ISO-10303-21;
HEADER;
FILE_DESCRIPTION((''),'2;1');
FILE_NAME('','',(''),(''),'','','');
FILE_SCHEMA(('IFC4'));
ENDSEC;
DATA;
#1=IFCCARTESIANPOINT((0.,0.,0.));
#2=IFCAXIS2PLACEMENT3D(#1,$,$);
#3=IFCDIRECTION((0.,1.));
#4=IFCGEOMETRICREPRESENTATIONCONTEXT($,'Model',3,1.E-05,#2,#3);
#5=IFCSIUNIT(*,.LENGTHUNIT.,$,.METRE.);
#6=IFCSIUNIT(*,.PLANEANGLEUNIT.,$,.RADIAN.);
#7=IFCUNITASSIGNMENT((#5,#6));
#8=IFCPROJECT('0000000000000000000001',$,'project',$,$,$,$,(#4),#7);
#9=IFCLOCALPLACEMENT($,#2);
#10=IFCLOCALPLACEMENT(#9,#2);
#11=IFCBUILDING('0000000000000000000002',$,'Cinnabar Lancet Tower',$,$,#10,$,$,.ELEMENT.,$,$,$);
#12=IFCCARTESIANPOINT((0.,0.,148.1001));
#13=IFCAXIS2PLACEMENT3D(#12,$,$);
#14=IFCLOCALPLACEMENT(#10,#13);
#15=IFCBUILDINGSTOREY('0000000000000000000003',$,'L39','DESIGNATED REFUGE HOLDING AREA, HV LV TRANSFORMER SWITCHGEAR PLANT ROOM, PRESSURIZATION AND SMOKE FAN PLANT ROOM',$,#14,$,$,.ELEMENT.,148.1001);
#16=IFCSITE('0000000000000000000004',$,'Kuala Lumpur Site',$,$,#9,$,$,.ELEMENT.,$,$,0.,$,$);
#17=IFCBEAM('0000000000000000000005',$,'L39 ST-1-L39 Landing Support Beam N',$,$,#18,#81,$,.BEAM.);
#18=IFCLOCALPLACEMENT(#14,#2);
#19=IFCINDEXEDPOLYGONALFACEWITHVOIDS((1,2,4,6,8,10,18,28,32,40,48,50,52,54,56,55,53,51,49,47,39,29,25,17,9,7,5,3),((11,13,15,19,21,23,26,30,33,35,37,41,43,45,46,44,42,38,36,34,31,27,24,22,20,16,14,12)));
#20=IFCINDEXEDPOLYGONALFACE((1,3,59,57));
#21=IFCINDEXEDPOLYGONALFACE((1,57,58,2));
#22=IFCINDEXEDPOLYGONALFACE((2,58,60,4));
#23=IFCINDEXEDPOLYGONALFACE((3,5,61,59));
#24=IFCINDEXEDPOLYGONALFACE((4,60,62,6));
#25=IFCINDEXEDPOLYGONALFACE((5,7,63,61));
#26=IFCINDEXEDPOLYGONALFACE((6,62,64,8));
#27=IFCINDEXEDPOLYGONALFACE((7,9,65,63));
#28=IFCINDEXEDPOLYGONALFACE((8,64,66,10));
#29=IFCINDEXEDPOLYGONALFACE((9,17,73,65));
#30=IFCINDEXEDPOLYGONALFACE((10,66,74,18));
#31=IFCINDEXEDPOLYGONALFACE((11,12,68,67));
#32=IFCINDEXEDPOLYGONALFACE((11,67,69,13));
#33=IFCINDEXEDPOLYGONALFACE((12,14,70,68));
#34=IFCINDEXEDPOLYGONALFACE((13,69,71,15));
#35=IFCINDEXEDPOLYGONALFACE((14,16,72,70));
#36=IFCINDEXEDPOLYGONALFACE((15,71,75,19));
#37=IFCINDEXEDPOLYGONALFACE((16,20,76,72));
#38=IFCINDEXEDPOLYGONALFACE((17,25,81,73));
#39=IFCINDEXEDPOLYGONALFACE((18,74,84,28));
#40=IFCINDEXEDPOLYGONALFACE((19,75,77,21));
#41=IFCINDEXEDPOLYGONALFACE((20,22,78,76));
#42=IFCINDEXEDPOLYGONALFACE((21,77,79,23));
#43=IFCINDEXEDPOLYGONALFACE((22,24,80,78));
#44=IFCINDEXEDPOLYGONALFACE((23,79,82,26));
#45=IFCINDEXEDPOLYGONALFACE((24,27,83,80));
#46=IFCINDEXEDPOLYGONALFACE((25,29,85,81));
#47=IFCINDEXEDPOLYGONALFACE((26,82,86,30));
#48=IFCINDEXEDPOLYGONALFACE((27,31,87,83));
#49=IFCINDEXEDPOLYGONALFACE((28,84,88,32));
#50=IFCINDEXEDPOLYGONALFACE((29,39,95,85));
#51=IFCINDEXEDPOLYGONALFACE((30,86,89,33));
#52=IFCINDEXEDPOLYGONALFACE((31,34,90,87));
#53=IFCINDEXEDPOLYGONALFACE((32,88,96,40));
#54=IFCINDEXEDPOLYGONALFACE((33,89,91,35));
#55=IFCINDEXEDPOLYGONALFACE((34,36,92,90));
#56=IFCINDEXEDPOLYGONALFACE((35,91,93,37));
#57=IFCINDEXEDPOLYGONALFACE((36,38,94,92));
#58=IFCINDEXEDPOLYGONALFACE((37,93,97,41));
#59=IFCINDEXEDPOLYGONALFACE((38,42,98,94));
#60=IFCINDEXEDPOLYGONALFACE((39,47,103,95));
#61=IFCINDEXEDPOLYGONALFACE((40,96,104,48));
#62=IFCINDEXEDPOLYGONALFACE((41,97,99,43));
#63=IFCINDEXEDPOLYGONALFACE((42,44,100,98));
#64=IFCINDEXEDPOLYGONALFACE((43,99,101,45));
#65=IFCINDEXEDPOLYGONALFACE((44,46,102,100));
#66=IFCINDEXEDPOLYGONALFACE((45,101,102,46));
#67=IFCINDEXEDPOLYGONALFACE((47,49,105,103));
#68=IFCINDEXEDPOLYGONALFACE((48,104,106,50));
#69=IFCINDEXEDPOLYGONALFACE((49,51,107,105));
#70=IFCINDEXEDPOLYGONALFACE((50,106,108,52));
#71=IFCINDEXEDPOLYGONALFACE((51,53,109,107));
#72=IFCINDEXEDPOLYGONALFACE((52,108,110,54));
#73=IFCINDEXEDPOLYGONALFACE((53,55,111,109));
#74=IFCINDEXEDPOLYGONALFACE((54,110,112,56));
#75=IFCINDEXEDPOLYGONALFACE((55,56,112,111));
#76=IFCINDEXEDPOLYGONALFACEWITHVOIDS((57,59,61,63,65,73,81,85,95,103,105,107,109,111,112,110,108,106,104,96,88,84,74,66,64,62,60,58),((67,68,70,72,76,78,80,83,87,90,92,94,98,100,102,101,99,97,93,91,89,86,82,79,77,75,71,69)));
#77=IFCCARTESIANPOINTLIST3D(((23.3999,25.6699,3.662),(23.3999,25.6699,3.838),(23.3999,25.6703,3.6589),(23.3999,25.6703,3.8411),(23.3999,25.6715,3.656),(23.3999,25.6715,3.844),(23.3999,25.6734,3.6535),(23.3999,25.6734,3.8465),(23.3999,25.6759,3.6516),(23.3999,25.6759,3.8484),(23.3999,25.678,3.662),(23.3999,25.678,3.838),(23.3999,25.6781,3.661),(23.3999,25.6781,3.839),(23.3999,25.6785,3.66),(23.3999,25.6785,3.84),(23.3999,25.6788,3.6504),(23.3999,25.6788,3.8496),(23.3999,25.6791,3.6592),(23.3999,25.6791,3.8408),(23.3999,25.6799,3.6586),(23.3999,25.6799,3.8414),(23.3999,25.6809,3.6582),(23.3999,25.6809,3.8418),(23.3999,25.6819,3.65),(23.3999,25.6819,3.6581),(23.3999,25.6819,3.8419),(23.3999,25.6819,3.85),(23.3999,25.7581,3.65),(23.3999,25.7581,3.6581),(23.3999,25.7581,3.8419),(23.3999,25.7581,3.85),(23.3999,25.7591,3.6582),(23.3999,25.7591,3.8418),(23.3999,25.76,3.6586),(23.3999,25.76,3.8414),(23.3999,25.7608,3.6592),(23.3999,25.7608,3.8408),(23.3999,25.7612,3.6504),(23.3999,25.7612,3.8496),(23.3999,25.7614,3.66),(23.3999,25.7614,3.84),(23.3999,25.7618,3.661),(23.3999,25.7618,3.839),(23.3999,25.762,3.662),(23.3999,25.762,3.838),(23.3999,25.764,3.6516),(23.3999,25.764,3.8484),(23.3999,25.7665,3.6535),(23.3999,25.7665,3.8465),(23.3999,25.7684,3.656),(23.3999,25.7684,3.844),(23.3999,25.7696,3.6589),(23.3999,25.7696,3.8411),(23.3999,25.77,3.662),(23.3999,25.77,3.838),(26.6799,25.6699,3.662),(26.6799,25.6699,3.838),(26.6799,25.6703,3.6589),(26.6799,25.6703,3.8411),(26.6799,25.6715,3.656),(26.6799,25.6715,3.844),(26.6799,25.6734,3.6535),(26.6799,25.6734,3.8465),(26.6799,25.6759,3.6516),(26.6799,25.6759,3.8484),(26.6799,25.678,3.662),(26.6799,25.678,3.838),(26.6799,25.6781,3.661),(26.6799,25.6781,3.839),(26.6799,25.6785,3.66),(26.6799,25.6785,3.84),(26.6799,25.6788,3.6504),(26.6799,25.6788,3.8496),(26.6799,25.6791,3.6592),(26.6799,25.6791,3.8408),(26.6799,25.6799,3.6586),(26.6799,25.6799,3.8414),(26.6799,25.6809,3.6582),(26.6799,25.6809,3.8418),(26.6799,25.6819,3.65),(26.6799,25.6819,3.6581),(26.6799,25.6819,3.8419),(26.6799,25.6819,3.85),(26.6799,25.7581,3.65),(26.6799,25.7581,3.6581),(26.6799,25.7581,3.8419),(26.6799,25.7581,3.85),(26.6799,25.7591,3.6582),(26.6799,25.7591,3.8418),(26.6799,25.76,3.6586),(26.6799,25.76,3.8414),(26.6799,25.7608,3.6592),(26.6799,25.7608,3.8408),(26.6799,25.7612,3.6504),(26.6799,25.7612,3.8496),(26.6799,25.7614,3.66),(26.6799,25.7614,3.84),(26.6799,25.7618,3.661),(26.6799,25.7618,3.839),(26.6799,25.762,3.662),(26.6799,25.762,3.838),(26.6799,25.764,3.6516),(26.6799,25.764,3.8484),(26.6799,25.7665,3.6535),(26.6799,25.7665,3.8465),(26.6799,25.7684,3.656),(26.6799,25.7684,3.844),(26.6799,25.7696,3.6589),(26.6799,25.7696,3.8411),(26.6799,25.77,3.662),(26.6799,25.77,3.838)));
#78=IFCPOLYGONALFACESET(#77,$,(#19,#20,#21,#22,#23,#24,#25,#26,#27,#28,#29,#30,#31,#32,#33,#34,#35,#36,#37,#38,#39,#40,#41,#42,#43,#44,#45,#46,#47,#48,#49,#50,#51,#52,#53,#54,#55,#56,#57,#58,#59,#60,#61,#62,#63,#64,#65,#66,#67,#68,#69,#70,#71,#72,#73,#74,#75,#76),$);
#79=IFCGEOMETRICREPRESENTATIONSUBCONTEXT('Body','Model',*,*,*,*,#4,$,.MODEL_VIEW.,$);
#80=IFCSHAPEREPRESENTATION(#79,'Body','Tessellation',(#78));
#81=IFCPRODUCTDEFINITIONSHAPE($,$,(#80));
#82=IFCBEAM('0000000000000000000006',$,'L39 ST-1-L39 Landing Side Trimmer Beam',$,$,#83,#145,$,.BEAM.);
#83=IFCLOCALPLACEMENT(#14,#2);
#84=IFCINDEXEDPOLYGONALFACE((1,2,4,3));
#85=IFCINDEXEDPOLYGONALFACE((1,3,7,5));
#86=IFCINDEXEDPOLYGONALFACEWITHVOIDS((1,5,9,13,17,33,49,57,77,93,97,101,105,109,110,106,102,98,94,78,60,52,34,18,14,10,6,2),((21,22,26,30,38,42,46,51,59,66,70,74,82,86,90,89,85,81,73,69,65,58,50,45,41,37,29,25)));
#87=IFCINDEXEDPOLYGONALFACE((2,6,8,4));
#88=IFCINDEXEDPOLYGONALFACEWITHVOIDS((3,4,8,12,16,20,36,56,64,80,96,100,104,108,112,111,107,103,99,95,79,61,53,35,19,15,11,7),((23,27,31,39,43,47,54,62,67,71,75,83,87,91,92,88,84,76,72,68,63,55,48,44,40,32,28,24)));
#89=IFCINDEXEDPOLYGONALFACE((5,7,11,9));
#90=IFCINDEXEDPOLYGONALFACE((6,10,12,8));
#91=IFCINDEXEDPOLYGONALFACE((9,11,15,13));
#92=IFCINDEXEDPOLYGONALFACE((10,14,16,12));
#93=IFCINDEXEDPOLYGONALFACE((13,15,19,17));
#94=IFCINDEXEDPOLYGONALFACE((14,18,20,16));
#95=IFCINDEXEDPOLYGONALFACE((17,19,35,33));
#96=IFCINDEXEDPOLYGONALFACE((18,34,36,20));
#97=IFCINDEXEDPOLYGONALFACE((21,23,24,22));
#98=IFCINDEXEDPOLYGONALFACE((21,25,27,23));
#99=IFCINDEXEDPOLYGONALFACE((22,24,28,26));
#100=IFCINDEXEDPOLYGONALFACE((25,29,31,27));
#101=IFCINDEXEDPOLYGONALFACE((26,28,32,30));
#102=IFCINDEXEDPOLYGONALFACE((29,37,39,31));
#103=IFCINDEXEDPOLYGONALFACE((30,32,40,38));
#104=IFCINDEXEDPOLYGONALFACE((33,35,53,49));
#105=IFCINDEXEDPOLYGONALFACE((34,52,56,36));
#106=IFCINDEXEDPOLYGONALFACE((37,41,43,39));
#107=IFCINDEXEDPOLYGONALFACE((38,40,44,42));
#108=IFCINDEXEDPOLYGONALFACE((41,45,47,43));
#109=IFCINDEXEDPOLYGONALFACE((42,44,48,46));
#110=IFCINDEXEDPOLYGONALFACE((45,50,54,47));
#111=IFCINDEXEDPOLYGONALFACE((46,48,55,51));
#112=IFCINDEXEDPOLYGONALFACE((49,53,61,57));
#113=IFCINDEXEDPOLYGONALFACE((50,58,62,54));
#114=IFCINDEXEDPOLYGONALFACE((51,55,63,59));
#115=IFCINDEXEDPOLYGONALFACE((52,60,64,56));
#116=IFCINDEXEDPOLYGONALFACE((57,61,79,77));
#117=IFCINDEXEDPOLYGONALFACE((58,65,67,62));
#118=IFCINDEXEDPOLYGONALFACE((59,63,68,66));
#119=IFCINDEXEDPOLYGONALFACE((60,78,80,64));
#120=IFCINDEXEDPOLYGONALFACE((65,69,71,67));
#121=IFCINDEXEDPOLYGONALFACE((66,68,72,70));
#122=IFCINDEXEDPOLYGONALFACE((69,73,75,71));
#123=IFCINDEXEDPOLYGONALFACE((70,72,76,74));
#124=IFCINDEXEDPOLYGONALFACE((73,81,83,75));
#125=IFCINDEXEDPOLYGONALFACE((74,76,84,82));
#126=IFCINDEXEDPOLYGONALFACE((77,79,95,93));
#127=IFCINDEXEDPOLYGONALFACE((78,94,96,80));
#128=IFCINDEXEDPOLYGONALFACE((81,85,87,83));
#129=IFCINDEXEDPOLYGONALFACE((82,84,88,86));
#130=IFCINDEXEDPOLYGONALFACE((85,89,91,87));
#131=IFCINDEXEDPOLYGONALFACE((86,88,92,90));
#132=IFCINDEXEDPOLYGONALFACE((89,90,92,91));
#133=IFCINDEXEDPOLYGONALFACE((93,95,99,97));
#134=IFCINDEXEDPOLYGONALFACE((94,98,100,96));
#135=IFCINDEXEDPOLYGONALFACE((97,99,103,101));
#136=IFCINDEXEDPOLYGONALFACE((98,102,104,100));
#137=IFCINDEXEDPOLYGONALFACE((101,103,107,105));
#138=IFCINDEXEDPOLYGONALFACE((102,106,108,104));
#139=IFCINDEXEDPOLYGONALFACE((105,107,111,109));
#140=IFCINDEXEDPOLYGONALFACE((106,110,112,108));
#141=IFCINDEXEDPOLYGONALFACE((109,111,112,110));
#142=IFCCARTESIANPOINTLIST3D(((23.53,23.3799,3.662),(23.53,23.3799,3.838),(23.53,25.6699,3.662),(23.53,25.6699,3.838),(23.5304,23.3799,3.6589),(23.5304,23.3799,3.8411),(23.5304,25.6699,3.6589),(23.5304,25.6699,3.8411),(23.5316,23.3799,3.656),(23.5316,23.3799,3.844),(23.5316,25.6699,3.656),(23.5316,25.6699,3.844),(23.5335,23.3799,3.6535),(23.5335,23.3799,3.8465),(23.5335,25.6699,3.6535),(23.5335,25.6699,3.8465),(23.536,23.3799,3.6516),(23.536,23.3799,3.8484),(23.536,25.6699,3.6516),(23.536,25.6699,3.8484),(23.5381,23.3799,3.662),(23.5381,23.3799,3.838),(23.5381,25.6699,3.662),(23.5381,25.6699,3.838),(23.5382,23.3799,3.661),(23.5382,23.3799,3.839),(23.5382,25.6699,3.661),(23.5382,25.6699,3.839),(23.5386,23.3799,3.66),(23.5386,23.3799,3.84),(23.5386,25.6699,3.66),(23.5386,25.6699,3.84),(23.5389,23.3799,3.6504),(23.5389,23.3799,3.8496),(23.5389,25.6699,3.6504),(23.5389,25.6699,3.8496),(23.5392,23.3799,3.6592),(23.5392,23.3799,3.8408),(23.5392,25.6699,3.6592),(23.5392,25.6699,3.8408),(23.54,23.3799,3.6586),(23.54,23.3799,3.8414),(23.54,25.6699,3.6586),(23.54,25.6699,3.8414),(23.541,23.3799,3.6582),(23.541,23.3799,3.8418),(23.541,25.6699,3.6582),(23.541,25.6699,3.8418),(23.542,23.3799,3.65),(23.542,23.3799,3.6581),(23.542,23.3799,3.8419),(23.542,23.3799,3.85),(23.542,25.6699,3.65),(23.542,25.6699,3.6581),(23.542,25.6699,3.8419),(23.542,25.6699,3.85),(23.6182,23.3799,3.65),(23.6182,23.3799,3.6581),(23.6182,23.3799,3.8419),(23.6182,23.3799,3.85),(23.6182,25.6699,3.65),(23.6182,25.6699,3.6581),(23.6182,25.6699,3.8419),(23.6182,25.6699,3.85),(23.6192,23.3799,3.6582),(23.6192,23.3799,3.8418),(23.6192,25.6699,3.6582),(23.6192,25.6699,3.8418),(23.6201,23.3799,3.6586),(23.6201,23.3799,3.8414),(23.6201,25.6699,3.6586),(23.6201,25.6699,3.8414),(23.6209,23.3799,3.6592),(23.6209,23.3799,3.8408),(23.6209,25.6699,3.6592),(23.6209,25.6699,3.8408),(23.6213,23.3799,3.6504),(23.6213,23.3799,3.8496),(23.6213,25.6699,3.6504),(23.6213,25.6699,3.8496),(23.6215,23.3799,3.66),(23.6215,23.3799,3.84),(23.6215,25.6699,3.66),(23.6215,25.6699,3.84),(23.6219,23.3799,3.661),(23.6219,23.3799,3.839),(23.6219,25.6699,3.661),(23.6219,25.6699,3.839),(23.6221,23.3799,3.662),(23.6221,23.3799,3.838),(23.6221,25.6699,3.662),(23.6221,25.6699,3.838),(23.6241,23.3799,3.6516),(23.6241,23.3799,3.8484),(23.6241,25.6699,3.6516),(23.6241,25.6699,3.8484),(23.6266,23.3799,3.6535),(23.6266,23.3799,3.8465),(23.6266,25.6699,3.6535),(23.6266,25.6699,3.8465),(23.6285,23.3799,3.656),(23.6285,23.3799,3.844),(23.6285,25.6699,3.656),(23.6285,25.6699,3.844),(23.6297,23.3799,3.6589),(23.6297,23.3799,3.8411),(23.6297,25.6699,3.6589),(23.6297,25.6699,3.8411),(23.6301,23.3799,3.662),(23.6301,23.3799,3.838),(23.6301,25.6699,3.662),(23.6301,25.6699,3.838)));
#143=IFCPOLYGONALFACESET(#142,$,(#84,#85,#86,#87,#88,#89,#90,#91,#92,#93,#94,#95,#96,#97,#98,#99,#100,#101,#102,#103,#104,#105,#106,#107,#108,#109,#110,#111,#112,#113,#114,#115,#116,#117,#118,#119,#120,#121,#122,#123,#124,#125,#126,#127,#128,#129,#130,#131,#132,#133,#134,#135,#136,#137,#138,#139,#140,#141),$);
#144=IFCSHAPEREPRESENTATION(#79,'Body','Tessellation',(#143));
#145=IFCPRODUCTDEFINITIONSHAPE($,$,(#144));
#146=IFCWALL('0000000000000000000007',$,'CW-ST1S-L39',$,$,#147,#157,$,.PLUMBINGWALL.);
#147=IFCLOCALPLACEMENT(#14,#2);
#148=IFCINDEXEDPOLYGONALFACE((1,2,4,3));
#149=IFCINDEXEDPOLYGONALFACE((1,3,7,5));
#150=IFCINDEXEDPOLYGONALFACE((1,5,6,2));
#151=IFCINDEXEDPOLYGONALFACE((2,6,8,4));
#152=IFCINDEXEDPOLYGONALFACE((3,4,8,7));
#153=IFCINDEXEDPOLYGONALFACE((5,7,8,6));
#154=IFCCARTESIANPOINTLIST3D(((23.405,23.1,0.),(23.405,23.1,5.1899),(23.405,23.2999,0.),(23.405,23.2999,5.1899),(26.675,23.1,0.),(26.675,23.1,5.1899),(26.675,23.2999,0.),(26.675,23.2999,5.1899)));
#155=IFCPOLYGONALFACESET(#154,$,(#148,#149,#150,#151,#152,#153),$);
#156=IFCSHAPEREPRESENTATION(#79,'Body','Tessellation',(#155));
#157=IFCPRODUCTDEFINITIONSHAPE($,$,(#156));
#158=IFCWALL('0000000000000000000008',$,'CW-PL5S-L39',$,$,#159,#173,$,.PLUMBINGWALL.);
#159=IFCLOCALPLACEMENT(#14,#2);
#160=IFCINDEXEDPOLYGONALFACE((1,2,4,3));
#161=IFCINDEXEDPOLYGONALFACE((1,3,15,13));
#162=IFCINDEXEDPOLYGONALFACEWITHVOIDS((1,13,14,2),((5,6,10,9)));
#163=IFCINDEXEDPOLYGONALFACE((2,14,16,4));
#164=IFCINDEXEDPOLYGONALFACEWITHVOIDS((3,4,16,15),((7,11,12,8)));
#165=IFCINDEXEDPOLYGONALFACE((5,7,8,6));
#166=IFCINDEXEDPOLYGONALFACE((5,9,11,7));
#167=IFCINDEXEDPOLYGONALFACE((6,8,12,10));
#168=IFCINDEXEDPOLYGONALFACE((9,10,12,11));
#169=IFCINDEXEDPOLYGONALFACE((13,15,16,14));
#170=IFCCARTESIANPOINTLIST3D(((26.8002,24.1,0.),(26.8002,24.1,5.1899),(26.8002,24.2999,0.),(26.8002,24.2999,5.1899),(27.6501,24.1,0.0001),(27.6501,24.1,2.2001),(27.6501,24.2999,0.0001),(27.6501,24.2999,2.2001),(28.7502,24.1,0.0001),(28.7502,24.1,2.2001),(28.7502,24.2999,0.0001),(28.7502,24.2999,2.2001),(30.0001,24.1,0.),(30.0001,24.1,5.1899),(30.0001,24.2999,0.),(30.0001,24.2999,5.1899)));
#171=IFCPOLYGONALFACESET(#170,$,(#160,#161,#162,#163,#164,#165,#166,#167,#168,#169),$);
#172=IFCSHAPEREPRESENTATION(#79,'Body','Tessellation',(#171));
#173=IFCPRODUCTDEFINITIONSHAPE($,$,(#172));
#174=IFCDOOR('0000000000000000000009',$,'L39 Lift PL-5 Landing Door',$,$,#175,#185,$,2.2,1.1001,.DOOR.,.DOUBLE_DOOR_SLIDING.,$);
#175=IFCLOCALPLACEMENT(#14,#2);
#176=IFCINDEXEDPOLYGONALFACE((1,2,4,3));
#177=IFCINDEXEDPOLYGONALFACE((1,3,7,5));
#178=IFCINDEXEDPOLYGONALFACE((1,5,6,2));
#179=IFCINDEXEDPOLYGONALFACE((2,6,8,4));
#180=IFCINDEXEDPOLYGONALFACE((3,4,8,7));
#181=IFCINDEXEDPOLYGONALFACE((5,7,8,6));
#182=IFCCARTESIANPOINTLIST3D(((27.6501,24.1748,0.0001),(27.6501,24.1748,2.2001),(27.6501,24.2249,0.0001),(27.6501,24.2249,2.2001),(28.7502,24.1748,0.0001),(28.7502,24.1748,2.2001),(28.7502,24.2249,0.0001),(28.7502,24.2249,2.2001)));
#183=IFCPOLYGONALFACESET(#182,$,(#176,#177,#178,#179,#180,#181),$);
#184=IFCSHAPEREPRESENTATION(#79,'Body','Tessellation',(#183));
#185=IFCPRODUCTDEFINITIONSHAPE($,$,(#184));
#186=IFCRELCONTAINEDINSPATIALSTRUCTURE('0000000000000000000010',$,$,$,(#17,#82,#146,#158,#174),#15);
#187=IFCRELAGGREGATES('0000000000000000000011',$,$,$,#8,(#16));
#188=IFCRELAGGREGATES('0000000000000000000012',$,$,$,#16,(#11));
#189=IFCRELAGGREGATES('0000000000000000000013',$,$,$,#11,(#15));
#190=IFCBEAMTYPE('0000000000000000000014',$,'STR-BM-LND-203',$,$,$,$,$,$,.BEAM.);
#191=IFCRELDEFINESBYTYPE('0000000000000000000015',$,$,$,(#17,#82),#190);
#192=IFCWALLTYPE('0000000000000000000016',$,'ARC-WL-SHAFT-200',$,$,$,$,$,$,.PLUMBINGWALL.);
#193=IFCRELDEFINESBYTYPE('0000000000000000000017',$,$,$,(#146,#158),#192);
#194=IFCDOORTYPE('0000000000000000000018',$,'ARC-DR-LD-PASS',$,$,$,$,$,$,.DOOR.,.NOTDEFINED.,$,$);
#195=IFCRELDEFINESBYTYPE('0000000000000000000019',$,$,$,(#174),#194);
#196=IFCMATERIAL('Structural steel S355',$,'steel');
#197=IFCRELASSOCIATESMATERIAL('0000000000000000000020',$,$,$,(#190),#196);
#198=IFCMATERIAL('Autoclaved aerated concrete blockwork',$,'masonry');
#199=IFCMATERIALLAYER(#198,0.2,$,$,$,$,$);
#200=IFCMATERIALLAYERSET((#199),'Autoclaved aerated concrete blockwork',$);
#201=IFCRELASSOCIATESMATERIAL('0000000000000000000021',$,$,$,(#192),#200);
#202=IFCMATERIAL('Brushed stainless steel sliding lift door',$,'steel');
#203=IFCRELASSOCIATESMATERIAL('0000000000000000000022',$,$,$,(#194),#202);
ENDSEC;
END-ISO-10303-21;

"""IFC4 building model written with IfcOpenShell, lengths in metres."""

from ifc_helpers import new_model, si_unit, direction, frame, frame_2d, origin, origin_2d, place, context, subcontext, project, spatial, rectangle, hollow_rectangle, extrude, material, layer, layer_set, material_profile, profile_set, type_object, element, fill, save


model = new_model("IFC4")

# Units and contexts
model_context = context("Model", 3, precision=1e-05, world=origin(), true_north=direction((0.0, 1.0)))
body_context = subcontext(model_context, "Body", "Model", "MODEL_VIEW")
ifc_project = project(units=[si_unit("LENGTHUNIT", "METRE"), si_unit("PLANEANGLEUNIT", "RADIAN")], contexts=[model_context])

# Site, building, storey
site_placement = place(None, origin())
site = spatial("IfcSite", under=ifc_project, at=site_placement, Name="Kuala Lumpur Site", CompositionType="ELEMENT", RefElevation=0.0)
building_placement = place(site_placement, origin())
building = spatial("IfcBuilding", under=site, at=building_placement, Name="Cinnabar Lancet Tower", CompositionType="ELEMENT")
storey_placement = place(building_placement, frame((0.0, 0.0, 148.1001)))
storey = spatial("IfcBuildingStorey", under=building, at=storey_placement, Name="L39", Description="DESIGNATED REFUGE HOLDING AREA, HV LV TRANSFORMER SWITCHGEAR PLANT ROOM, PRESSURIZATION AND SMOKE FAN PLANT ROOM", CompositionType="ELEMENT", Elevation=148.1001)

# Beams
ifc_material_1 = material(Name="Structural steel S355", Category="steel")
ifc_material_profile_1 = material_profile(ifc_material_1, hollow_rectangle(XDim=0.1001, YDim=0.2, WallThickness=0.0081, InnerFilletRadius=0.0039, OuterFilletRadius=0.012, at=origin_2d()), Name="RHS 200x100x8")
ifc_profile_set_1 = profile_set([ifc_material_profile_1], Name="Structural steel S355")
beam_type_1 = type_object("IfcBeamType", Name="STR-BM-LND-203", PredefinedType="BEAM", material=ifc_profile_set_1)
for number, where, z_axis, x_axis, name in (
    (1, (23.3999, 25.72, 3.75), (1.0, 0.0, 0.0), (0.0, 1.0, 0.0), "L39 ST-1-L39 Landing Support Beam N"),
):
    element("IfcBeam", number, at=place(storey_placement, frame(where, z_axis=z_axis, x_axis=x_axis)), inside=storey, type_object=beam_type_1, Name=name, PredefinedType="BEAM", context=body_context, shape_type="SweptSolid", body=[
        extrude(hollow_rectangle(XDim=0.1001, YDim=0.2, WallThickness=0.0081, InnerFilletRadius=0.0039, OuterFilletRadius=0.012, at=origin_2d()), origin(), (0.0, 0.0, 1.0), 3.28),
    ])
beam_1_placement = place(storey_placement, frame((23.5801, 23.3799, 3.75), z_axis=(0.0, 1.0, 0.0), x_axis=(-1.0, 0.0, 0.0)))
element("IfcBeam", 2, at=beam_1_placement, inside=storey, type_object=beam_type_1, Name="L39 ST-1-L39 Landing Side Trimmer Beam", PredefinedType="BEAM", context=body_context, shape_type="SweptSolid", body=[
    extrude(hollow_rectangle(XDim=0.1001, YDim=0.2, WallThickness=0.0081, InnerFilletRadius=0.0039, OuterFilletRadius=0.012, at=origin_2d()), origin(), (0.0, 0.0, 1.0), 2.29),
])

# Wall
ifc_material_2 = material(Name="Autoclaved aerated concrete blockwork", Category="masonry")
ifc_layer_1 = layer(ifc_material_2, 0.2)
ifc_layer_set_1 = layer_set([ifc_layer_1], Name="Autoclaved aerated concrete blockwork")
wall_type_1 = type_object("IfcWallType", Name="ARC-WL-SHAFT-200", PredefinedType="PLUMBINGWALL", material=ifc_layer_set_1)
wall_1_placement = place(storey_placement, frame((23.405, 23.2, 0.0), z_axis=(0.0, 0.0, 1.0), x_axis=(1.0, 0.0, 0.0)))
element("IfcWall", 3, at=wall_1_placement, inside=storey, type_object=wall_type_1, Name="CW-ST1S-L39", PredefinedType="PLUMBINGWALL", context=body_context, shape_type="SweptSolid", body=[
    extrude(rectangle(XDim=3.27, YDim=0.2, at=frame_2d((1.635, 0.0))), origin(), (0.0, 0.0, 1.0), 5.1899),
])

# Wall, opening, door
wall_2_placement = place(storey_placement, frame((26.8, 24.2, 0.0), z_axis=(0.0, 0.0, 1.0), x_axis=(1.0, 0.0, 0.0)))
wall_2 = element("IfcWall", 4, at=wall_2_placement, inside=storey, type_object=wall_type_1, Name="CW-PL5S-L39", PredefinedType="PLUMBINGWALL", context=body_context, shape_type="SweptSolid", body=[
    extrude(rectangle(XDim=3.2, YDim=0.2, at=frame_2d((1.6001, 0.0))), origin(), (0.0, 0.0, 1.0), 5.1899),
])
opening_1_placement = place(wall_2_placement, frame((0.8501, 0.0, 0.0)))
opening_1 = element("IfcOpeningElement", 5, at=opening_1_placement, cuts=wall_2, PredefinedType="OPENING", context=body_context, shape_type="SweptSolid", body=[
    extrude(rectangle(XDim=1.1001, YDim=2.2, at=frame_2d((0.55, 1.1001))), frame((0.0, 0.1099, 0.0), z_axis=(0.0, -1.0, 0.0), x_axis=(1.0, 0.0, 0.0)), (0.0, 0.0, 1.0), 0.22),
])
ifc_material_3 = material(Name="Brushed stainless steel sliding lift door", Category="steel")
door_type_1 = type_object("IfcDoorType", Name="ARC-DR-LD-PASS", OperationType="NOTDEFINED", PredefinedType="DOOR", material=ifc_material_3)
door_1_placement = place(opening_1_placement, origin())
door_1 = element("IfcDoor", 6, at=door_1_placement, inside=storey, type_object=door_type_1, Name="L39 Lift PL-5 Landing Door", OperationType="DOUBLE_DOOR_SLIDING", OverallHeight=2.2, OverallWidth=1.1001, PredefinedType="DOOR", context=body_context, shape_type="SweptSolid", body=[
    extrude(rectangle(XDim=1.1001, YDim=2.2, at=frame_2d((0.55, 1.1001))), frame((0.0, 0.0249, 0.0), z_axis=(0.0, -1.0, 0.0), x_axis=(1.0, 0.0, 0.0)), (0.0, 0.0, 1.0), 0.05),
])
fill(opening_1, door_1)

save(model, "model.ifc")
